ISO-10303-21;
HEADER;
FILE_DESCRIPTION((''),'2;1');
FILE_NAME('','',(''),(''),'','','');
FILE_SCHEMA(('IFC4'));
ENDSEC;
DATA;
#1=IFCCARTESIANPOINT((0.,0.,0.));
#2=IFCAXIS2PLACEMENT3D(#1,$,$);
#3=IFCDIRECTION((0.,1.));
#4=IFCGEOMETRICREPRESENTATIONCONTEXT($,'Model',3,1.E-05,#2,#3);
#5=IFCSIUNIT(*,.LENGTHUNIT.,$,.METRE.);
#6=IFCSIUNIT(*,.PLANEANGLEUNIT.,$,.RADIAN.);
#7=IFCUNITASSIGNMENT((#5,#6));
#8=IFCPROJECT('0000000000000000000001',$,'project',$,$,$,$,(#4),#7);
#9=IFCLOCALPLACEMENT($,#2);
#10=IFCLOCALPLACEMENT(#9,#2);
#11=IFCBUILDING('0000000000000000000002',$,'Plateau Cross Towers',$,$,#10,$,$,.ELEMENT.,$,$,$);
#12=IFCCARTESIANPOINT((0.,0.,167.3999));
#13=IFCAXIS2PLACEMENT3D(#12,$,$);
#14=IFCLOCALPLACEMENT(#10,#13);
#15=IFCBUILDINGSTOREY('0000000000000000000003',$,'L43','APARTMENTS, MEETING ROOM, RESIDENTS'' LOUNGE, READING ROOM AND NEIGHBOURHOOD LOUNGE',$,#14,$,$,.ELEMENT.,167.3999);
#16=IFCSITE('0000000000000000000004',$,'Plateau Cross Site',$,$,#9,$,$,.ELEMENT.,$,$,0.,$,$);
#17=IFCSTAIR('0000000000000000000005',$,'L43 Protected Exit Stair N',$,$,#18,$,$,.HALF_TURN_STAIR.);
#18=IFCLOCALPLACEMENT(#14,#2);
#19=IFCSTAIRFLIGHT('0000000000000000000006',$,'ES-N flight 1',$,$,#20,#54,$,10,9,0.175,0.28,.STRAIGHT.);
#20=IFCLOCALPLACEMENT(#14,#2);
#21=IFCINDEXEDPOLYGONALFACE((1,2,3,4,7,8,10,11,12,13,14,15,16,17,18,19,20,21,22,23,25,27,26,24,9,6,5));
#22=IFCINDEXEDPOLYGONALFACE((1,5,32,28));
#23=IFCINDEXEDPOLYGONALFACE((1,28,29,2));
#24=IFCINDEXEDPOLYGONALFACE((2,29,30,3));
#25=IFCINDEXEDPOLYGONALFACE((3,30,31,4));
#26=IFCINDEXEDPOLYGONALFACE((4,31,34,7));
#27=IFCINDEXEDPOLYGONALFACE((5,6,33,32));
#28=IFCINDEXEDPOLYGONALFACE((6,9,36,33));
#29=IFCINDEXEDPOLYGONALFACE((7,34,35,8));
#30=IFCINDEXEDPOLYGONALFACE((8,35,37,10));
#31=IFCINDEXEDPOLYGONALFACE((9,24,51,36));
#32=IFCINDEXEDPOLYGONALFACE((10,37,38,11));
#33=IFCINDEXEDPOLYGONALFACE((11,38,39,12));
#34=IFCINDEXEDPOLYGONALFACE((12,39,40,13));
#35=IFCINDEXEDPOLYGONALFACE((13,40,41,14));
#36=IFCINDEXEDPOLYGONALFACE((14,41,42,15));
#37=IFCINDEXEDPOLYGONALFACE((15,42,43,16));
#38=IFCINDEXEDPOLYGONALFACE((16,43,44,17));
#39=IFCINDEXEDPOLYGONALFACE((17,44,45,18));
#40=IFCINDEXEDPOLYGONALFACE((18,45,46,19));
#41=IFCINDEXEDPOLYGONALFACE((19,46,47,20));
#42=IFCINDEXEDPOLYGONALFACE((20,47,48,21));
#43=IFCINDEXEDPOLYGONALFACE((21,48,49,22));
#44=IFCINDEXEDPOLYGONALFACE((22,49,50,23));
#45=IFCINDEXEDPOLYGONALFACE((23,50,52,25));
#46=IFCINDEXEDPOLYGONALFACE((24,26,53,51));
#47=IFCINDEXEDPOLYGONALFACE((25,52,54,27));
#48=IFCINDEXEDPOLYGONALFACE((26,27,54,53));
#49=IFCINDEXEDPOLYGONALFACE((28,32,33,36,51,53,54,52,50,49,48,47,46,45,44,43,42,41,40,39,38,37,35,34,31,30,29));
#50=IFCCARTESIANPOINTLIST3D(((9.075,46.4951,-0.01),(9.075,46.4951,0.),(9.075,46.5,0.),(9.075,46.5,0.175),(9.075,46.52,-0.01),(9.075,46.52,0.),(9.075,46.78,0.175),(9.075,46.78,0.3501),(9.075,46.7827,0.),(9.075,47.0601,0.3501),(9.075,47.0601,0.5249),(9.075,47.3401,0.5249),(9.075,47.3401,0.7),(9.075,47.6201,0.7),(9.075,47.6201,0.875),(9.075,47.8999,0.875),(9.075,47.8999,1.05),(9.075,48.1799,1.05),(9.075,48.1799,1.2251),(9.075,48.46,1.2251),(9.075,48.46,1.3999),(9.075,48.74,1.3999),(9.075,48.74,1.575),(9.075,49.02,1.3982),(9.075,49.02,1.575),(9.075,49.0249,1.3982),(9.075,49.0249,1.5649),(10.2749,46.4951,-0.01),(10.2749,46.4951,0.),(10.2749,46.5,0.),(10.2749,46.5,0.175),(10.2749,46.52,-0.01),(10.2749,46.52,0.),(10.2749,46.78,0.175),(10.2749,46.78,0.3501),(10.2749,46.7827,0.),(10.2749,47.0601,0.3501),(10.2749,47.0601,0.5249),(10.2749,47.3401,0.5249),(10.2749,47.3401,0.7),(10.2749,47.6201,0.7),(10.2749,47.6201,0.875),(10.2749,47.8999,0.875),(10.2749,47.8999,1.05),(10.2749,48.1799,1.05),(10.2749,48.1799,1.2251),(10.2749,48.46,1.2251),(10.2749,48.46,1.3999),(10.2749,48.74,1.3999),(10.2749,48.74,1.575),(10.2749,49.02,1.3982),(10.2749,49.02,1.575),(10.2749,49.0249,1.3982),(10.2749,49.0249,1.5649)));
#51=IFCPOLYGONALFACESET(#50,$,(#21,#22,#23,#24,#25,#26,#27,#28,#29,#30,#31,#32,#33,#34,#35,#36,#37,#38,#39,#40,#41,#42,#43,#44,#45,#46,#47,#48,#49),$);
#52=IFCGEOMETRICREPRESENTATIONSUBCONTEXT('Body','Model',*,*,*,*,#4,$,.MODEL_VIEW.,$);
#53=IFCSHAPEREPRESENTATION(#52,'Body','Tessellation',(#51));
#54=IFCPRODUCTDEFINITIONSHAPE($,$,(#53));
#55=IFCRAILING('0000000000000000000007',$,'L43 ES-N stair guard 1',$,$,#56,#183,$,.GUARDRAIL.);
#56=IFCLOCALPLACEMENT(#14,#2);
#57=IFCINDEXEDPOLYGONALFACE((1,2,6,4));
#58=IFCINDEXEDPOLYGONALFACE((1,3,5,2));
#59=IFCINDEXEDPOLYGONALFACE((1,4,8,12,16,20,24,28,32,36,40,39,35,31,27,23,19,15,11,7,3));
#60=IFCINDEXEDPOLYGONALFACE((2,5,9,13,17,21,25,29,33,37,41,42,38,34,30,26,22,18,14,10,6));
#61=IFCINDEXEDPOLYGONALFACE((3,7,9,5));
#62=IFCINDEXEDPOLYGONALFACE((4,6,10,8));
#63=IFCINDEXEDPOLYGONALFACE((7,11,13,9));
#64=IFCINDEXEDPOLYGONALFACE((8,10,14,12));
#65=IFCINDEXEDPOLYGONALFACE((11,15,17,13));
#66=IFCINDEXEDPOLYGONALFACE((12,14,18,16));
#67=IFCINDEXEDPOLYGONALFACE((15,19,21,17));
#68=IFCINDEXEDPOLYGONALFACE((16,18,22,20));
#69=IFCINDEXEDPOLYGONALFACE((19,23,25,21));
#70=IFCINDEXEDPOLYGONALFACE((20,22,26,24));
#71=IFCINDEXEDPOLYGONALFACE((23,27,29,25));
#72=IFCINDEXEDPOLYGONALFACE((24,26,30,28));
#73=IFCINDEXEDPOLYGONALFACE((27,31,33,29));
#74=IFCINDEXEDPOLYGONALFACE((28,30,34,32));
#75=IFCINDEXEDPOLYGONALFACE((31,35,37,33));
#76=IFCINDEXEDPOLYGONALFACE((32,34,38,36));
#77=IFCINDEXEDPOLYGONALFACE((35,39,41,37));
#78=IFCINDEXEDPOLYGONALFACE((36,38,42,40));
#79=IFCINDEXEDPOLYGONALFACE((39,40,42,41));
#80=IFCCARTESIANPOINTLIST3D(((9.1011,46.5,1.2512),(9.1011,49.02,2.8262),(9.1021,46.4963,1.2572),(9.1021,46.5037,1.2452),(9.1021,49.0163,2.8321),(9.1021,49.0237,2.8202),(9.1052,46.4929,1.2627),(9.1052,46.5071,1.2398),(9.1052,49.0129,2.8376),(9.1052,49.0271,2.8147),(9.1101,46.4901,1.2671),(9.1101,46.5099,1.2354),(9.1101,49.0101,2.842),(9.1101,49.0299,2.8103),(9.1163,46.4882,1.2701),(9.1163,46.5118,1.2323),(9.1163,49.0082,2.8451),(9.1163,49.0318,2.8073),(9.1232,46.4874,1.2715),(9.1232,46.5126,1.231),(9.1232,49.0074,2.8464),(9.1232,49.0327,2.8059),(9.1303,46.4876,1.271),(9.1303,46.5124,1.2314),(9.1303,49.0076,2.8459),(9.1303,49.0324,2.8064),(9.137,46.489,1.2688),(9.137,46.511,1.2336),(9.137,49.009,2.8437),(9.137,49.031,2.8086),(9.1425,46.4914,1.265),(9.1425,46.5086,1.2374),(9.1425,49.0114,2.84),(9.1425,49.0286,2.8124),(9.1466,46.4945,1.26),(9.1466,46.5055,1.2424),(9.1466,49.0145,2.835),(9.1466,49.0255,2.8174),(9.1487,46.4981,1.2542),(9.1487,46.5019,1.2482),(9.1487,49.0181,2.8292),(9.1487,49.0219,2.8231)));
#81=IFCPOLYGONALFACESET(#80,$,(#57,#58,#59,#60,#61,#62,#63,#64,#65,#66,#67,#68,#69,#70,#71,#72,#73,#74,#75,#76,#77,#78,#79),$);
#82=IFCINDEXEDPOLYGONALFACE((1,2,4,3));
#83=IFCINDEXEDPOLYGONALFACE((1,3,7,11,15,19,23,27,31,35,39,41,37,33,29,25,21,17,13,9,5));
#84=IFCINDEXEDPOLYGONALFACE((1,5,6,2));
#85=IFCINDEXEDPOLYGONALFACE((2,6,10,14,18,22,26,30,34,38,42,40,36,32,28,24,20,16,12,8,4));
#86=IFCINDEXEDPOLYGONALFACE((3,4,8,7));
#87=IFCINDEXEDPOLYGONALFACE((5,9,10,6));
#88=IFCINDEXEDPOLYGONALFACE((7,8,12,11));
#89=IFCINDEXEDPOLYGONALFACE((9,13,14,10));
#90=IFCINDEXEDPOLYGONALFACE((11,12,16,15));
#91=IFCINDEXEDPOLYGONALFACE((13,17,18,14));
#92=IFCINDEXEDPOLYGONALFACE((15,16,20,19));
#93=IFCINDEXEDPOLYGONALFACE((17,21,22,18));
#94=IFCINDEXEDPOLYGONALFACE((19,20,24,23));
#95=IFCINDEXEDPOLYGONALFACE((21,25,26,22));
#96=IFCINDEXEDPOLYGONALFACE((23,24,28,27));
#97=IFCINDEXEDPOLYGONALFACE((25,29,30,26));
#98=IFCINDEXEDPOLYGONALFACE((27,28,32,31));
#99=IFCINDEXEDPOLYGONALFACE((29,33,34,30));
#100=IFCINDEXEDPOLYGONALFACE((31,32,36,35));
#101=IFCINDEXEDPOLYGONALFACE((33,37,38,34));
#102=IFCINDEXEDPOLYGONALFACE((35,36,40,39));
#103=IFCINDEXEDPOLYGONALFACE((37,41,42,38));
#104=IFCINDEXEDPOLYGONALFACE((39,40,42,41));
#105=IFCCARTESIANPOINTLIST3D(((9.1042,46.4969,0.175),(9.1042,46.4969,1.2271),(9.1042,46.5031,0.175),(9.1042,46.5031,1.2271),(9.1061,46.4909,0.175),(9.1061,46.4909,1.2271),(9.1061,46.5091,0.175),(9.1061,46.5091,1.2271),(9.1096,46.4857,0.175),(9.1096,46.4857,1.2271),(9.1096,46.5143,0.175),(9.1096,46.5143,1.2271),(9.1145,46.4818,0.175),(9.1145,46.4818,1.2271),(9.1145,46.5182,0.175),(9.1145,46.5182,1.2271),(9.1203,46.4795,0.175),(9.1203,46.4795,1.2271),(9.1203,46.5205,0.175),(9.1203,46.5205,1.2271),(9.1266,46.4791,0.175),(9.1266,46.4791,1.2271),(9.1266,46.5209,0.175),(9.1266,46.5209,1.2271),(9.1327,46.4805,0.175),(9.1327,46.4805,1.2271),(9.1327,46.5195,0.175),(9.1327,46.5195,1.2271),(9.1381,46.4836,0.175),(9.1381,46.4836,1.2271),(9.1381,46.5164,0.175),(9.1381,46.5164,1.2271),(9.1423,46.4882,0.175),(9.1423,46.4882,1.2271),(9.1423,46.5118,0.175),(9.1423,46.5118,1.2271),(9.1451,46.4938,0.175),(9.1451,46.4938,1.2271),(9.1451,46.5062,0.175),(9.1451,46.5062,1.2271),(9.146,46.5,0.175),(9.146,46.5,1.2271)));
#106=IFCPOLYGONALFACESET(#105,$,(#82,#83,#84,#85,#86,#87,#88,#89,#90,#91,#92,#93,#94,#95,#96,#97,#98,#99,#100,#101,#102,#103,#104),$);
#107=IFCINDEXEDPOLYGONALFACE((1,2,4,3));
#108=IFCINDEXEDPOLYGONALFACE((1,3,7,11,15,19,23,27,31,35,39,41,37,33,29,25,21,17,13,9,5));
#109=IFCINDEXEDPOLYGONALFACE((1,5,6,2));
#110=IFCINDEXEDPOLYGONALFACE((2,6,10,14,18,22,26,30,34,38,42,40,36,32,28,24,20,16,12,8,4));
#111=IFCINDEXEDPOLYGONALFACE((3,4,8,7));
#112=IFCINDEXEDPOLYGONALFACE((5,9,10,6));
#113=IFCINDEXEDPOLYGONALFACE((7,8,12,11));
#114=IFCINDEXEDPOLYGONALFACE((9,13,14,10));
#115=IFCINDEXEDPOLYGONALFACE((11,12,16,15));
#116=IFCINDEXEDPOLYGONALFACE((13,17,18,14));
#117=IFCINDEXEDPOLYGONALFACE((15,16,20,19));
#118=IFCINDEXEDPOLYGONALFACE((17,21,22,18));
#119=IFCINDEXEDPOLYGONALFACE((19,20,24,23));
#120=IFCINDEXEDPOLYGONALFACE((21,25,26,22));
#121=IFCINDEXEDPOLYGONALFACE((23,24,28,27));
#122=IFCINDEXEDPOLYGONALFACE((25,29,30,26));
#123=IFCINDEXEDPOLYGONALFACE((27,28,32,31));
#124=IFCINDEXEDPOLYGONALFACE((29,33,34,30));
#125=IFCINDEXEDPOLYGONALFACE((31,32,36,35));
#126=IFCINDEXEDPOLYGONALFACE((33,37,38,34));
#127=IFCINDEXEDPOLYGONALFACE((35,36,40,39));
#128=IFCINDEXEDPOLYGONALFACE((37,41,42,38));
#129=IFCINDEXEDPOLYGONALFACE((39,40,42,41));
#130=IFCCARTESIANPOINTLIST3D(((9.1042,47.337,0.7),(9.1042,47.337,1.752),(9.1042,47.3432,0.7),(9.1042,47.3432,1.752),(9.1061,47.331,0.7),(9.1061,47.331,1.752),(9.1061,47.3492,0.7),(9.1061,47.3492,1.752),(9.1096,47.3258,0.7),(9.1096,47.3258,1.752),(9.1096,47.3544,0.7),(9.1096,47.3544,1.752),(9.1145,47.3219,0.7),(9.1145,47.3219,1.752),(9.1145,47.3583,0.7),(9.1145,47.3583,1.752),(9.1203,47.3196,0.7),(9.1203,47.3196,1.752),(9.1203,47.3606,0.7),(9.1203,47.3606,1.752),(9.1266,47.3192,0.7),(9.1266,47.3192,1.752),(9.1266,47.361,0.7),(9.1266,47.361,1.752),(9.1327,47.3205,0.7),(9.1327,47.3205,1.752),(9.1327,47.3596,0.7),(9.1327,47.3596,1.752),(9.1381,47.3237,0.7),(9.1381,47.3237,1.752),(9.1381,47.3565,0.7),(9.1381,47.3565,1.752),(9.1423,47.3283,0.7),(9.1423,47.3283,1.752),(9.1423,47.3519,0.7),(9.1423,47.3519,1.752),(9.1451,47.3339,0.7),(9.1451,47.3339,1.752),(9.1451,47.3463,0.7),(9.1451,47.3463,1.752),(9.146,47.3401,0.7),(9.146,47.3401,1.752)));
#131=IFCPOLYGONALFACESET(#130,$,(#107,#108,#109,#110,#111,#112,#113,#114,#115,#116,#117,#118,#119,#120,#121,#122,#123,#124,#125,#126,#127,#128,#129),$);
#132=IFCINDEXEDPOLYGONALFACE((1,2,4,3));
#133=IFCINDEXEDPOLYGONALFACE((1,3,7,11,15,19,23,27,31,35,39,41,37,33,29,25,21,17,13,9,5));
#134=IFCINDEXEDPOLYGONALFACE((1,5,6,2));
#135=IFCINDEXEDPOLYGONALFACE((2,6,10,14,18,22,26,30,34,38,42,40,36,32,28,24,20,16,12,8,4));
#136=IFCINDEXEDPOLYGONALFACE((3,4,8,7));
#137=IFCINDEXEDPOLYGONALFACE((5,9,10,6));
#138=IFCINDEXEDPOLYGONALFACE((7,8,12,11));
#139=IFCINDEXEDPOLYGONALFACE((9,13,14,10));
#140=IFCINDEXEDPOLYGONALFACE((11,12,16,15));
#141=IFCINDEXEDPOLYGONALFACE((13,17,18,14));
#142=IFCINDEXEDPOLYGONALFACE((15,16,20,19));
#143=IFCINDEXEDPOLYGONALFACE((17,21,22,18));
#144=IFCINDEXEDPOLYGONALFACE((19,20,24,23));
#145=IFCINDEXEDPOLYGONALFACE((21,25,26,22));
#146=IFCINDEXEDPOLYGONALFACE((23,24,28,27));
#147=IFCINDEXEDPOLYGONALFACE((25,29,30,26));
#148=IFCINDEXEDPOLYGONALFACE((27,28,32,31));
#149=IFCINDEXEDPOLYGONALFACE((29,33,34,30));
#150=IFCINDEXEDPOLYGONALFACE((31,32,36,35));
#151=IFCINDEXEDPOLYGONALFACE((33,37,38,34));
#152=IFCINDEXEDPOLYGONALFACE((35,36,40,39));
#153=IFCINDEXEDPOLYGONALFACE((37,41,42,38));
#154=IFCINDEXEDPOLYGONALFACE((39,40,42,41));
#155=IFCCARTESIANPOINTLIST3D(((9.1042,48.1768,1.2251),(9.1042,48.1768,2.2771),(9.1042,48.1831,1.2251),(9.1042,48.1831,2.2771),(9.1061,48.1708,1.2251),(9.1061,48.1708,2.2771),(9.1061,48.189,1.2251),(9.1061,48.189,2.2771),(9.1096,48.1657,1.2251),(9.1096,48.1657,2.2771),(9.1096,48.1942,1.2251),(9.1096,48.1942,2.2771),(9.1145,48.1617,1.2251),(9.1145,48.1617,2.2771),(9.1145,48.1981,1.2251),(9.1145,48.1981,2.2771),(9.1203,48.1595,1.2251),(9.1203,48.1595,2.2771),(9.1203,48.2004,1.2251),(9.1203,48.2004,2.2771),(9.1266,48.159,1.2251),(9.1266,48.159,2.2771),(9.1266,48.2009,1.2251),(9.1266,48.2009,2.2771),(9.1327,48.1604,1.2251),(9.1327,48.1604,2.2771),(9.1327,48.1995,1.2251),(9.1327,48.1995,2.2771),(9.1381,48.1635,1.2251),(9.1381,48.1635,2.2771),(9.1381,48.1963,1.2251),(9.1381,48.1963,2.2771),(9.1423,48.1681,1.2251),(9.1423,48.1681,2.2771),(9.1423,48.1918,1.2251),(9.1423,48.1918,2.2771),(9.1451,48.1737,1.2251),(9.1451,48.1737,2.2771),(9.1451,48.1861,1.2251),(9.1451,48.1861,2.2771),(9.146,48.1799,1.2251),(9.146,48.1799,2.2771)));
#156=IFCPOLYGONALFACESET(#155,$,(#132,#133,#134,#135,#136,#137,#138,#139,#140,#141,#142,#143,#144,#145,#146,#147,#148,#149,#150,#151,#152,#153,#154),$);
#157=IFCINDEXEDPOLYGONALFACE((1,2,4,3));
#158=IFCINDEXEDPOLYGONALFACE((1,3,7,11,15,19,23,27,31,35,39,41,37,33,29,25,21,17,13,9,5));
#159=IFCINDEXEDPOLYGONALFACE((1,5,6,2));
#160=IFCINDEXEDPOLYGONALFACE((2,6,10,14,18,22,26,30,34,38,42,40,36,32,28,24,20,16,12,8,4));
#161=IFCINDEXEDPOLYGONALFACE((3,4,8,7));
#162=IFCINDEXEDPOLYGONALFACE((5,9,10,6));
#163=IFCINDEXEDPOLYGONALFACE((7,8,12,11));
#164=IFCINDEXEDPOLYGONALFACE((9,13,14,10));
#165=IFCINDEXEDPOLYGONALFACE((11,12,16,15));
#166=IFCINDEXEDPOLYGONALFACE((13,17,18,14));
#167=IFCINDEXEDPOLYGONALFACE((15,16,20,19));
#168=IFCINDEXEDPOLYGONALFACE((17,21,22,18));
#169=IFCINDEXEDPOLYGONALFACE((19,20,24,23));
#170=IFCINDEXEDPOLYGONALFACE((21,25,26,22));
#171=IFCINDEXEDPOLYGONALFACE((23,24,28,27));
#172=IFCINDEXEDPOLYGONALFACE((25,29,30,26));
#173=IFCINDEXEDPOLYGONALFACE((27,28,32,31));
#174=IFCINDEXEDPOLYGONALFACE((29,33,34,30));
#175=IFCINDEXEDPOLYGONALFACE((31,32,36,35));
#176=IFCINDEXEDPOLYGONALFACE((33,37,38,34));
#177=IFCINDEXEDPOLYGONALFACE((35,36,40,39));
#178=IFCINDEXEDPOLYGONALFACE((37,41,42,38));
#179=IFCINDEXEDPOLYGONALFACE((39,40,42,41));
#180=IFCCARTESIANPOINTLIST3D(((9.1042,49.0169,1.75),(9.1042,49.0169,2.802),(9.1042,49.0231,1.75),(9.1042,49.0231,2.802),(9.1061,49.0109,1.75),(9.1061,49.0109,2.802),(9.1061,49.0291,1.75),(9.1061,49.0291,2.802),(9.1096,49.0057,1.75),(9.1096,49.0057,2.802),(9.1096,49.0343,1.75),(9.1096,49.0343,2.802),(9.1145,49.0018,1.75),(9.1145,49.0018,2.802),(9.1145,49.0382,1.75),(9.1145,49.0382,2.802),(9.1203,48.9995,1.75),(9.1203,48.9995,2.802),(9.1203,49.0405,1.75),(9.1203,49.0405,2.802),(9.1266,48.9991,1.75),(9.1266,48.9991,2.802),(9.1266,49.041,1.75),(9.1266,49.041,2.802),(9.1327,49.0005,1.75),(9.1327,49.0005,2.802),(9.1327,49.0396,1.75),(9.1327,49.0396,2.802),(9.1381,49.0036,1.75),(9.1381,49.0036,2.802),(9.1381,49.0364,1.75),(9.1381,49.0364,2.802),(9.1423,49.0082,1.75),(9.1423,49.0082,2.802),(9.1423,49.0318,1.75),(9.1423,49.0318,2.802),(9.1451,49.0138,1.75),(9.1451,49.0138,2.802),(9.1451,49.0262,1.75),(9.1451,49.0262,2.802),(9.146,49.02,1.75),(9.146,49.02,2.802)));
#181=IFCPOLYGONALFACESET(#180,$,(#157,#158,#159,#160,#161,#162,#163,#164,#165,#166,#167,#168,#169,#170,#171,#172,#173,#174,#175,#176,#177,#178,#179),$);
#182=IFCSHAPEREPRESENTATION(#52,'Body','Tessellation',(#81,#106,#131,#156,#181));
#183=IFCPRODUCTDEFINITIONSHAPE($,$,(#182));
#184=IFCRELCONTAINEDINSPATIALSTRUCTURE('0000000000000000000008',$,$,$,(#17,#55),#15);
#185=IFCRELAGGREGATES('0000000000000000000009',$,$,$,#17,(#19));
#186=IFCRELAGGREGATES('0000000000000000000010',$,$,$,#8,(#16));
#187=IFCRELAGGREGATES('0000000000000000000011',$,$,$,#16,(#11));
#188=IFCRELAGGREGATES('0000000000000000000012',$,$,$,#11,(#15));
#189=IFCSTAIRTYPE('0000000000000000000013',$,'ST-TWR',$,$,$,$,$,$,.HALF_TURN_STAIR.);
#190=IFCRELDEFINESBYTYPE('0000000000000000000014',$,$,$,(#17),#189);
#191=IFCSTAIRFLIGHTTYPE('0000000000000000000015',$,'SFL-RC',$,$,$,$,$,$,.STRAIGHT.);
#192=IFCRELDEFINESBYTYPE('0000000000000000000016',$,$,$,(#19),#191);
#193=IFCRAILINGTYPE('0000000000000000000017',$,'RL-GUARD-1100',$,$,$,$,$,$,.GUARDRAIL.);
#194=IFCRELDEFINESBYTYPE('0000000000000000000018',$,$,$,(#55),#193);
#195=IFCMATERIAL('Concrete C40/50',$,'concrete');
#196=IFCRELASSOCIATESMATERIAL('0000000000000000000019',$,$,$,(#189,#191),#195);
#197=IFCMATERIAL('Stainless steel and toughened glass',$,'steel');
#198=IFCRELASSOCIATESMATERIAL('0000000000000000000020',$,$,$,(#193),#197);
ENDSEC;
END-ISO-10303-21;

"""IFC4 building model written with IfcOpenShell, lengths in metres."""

from ifc_helpers import new_model, si_unit, direction, frame, origin, origin_2d, place, context, subcontext, project, spatial, polyline, circle, outline, extrude, material, type_object, element, aggregate, save


model = new_model("IFC4")

# Units and contexts
model_context = context("Model", 3, precision=1e-05, world=origin(), true_north=direction((0.0, 1.0)))
body_context = subcontext(model_context, "Body", "Model", "MODEL_VIEW")
ifc_project = project(units=[si_unit("LENGTHUNIT", "METRE"), si_unit("PLANEANGLEUNIT", "RADIAN")], contexts=[model_context])

# Site, building, storey
site_placement = place(None, origin())
site = spatial("IfcSite", under=ifc_project, at=site_placement, Name="Plateau Cross Site", CompositionType="ELEMENT", RefElevation=0.0)
building_placement = place(site_placement, origin())
building = spatial("IfcBuilding", under=site, at=building_placement, Name="Plateau Cross Towers", CompositionType="ELEMENT")
storey_placement = place(building_placement, frame((0.0, 0.0, 167.3999)))
storey = spatial("IfcBuildingStorey", under=building, at=storey_placement, Name="L43", Description="APARTMENTS, MEETING ROOM, RESIDENTS' LOUNGE, READING ROOM AND NEIGHBOURHOOD LOUNGE", CompositionType="ELEMENT", Elevation=167.3999)

# Stair, stair flight
ifc_material_1 = material(Name="Concrete C40/50", Category="concrete")
stair_type = type_object("IfcStairType", Name="ST-TWR", PredefinedType="HALF_TURN_STAIR", material=ifc_material_1)
stair_placement = place(storey_placement, origin())
stair = element("IfcStair", 1, at=stair_placement, inside=storey, type_object=stair_type, Name="L43 Protected Exit Stair N", PredefinedType="HALF_TURN_STAIR")
stair_flight_type = type_object("IfcStairFlightType", Name="SFL-RC", PredefinedType="STRAIGHT", material=ifc_material_1)
stair_flight_placement = place(storey_placement, frame((9.675, 46.5, 0.0), z_axis=(0.0, 0.0, 1.0), x_axis=(0.0, 1.0, 0.0)))
stair_flight = element("IfcStairFlight", 2, at=stair_flight_placement, type_object=stair_flight_type, Name="ES-N flight 1", NumberOfRisers=10, NumberOfTreads=9, PredefinedType="STRAIGHT", RiserHeight=0.175, TreadLength=0.28, context=body_context, shape_type="SweptSolid", body=[
    extrude(outline(polyline([(-0.0049, -0.01), (-0.0049, 0.0), (0.0, 0.0), (0.0, 0.175), (0.28, 0.175), (0.28, 0.3501), (0.5601, 0.3501), (0.5601, 0.5249), (0.8401, 0.5249), (0.8401, 0.7), (1.1201, 0.7), (1.1201, 0.875), (1.3999, 0.875), (1.3999, 1.05), (1.6799, 1.05), (1.6799, 1.2251), (1.96, 1.2251), (1.96, 1.3999), (2.24, 1.3999), (2.24, 1.575), (2.52, 1.575), (2.5249, 1.5649), (2.5249, 1.3982), (2.52, 1.3982), (0.2827, 0.0), (0.02, 0.0), (0.02, -0.01), (-0.0049, -0.01)])), frame((0.0, 0.6001, 0.0), z_axis=(0.0, -1.0, 0.0), x_axis=(1.0, 0.0, 0.0)), (0.0, 0.0, 1.0), 1.2),
])
aggregate(stair, [stair_flight])

# Railing
ifc_material_2 = material(Name="Stainless steel and toughened glass", Category="steel")
railing_type_1 = type_object("IfcRailingType", Name="RL-GUARD-1100", PredefinedType="GUARDRAIL", material=ifc_material_2)
railing_1_placement = place(storey_placement, frame((9.125, 46.5, 0.175)))
element("IfcRailing", 3, at=railing_1_placement, inside=storey, type_object=railing_type_1, Name="L43 ES-N stair guard 1", PredefinedType="GUARDRAIL", context=body_context, shape_type="SweptSolid", body=[
    extrude(circle(Radius=0.0239, at=origin_2d()), frame((0.0, 0.0, 1.0762), z_axis=(0.0, 0.848008, 0.529984), x_axis=(-1.0, 0.0, 0.0)), (0.0, 0.0, 1.0), 2.9717),
    extrude(circle(Radius=0.021, at=origin_2d()), origin(), (0.0, 0.0, 1.0), 1.052),
    extrude(circle(Radius=0.021, at=origin_2d()), frame((0.0, 0.8401, 0.5249)), (0.0, 0.0, 1.0), 1.052),
    extrude(circle(Radius=0.021, at=origin_2d()), frame((0.0, 1.6799, 1.05)), (0.0, 0.0, 1.0), 1.052),
    extrude(circle(Radius=0.021, at=origin_2d()), frame((0.0, 2.52, 1.575)), (0.0, 0.0, 1.0), 1.052),
])

save(model, "model.ifc")
